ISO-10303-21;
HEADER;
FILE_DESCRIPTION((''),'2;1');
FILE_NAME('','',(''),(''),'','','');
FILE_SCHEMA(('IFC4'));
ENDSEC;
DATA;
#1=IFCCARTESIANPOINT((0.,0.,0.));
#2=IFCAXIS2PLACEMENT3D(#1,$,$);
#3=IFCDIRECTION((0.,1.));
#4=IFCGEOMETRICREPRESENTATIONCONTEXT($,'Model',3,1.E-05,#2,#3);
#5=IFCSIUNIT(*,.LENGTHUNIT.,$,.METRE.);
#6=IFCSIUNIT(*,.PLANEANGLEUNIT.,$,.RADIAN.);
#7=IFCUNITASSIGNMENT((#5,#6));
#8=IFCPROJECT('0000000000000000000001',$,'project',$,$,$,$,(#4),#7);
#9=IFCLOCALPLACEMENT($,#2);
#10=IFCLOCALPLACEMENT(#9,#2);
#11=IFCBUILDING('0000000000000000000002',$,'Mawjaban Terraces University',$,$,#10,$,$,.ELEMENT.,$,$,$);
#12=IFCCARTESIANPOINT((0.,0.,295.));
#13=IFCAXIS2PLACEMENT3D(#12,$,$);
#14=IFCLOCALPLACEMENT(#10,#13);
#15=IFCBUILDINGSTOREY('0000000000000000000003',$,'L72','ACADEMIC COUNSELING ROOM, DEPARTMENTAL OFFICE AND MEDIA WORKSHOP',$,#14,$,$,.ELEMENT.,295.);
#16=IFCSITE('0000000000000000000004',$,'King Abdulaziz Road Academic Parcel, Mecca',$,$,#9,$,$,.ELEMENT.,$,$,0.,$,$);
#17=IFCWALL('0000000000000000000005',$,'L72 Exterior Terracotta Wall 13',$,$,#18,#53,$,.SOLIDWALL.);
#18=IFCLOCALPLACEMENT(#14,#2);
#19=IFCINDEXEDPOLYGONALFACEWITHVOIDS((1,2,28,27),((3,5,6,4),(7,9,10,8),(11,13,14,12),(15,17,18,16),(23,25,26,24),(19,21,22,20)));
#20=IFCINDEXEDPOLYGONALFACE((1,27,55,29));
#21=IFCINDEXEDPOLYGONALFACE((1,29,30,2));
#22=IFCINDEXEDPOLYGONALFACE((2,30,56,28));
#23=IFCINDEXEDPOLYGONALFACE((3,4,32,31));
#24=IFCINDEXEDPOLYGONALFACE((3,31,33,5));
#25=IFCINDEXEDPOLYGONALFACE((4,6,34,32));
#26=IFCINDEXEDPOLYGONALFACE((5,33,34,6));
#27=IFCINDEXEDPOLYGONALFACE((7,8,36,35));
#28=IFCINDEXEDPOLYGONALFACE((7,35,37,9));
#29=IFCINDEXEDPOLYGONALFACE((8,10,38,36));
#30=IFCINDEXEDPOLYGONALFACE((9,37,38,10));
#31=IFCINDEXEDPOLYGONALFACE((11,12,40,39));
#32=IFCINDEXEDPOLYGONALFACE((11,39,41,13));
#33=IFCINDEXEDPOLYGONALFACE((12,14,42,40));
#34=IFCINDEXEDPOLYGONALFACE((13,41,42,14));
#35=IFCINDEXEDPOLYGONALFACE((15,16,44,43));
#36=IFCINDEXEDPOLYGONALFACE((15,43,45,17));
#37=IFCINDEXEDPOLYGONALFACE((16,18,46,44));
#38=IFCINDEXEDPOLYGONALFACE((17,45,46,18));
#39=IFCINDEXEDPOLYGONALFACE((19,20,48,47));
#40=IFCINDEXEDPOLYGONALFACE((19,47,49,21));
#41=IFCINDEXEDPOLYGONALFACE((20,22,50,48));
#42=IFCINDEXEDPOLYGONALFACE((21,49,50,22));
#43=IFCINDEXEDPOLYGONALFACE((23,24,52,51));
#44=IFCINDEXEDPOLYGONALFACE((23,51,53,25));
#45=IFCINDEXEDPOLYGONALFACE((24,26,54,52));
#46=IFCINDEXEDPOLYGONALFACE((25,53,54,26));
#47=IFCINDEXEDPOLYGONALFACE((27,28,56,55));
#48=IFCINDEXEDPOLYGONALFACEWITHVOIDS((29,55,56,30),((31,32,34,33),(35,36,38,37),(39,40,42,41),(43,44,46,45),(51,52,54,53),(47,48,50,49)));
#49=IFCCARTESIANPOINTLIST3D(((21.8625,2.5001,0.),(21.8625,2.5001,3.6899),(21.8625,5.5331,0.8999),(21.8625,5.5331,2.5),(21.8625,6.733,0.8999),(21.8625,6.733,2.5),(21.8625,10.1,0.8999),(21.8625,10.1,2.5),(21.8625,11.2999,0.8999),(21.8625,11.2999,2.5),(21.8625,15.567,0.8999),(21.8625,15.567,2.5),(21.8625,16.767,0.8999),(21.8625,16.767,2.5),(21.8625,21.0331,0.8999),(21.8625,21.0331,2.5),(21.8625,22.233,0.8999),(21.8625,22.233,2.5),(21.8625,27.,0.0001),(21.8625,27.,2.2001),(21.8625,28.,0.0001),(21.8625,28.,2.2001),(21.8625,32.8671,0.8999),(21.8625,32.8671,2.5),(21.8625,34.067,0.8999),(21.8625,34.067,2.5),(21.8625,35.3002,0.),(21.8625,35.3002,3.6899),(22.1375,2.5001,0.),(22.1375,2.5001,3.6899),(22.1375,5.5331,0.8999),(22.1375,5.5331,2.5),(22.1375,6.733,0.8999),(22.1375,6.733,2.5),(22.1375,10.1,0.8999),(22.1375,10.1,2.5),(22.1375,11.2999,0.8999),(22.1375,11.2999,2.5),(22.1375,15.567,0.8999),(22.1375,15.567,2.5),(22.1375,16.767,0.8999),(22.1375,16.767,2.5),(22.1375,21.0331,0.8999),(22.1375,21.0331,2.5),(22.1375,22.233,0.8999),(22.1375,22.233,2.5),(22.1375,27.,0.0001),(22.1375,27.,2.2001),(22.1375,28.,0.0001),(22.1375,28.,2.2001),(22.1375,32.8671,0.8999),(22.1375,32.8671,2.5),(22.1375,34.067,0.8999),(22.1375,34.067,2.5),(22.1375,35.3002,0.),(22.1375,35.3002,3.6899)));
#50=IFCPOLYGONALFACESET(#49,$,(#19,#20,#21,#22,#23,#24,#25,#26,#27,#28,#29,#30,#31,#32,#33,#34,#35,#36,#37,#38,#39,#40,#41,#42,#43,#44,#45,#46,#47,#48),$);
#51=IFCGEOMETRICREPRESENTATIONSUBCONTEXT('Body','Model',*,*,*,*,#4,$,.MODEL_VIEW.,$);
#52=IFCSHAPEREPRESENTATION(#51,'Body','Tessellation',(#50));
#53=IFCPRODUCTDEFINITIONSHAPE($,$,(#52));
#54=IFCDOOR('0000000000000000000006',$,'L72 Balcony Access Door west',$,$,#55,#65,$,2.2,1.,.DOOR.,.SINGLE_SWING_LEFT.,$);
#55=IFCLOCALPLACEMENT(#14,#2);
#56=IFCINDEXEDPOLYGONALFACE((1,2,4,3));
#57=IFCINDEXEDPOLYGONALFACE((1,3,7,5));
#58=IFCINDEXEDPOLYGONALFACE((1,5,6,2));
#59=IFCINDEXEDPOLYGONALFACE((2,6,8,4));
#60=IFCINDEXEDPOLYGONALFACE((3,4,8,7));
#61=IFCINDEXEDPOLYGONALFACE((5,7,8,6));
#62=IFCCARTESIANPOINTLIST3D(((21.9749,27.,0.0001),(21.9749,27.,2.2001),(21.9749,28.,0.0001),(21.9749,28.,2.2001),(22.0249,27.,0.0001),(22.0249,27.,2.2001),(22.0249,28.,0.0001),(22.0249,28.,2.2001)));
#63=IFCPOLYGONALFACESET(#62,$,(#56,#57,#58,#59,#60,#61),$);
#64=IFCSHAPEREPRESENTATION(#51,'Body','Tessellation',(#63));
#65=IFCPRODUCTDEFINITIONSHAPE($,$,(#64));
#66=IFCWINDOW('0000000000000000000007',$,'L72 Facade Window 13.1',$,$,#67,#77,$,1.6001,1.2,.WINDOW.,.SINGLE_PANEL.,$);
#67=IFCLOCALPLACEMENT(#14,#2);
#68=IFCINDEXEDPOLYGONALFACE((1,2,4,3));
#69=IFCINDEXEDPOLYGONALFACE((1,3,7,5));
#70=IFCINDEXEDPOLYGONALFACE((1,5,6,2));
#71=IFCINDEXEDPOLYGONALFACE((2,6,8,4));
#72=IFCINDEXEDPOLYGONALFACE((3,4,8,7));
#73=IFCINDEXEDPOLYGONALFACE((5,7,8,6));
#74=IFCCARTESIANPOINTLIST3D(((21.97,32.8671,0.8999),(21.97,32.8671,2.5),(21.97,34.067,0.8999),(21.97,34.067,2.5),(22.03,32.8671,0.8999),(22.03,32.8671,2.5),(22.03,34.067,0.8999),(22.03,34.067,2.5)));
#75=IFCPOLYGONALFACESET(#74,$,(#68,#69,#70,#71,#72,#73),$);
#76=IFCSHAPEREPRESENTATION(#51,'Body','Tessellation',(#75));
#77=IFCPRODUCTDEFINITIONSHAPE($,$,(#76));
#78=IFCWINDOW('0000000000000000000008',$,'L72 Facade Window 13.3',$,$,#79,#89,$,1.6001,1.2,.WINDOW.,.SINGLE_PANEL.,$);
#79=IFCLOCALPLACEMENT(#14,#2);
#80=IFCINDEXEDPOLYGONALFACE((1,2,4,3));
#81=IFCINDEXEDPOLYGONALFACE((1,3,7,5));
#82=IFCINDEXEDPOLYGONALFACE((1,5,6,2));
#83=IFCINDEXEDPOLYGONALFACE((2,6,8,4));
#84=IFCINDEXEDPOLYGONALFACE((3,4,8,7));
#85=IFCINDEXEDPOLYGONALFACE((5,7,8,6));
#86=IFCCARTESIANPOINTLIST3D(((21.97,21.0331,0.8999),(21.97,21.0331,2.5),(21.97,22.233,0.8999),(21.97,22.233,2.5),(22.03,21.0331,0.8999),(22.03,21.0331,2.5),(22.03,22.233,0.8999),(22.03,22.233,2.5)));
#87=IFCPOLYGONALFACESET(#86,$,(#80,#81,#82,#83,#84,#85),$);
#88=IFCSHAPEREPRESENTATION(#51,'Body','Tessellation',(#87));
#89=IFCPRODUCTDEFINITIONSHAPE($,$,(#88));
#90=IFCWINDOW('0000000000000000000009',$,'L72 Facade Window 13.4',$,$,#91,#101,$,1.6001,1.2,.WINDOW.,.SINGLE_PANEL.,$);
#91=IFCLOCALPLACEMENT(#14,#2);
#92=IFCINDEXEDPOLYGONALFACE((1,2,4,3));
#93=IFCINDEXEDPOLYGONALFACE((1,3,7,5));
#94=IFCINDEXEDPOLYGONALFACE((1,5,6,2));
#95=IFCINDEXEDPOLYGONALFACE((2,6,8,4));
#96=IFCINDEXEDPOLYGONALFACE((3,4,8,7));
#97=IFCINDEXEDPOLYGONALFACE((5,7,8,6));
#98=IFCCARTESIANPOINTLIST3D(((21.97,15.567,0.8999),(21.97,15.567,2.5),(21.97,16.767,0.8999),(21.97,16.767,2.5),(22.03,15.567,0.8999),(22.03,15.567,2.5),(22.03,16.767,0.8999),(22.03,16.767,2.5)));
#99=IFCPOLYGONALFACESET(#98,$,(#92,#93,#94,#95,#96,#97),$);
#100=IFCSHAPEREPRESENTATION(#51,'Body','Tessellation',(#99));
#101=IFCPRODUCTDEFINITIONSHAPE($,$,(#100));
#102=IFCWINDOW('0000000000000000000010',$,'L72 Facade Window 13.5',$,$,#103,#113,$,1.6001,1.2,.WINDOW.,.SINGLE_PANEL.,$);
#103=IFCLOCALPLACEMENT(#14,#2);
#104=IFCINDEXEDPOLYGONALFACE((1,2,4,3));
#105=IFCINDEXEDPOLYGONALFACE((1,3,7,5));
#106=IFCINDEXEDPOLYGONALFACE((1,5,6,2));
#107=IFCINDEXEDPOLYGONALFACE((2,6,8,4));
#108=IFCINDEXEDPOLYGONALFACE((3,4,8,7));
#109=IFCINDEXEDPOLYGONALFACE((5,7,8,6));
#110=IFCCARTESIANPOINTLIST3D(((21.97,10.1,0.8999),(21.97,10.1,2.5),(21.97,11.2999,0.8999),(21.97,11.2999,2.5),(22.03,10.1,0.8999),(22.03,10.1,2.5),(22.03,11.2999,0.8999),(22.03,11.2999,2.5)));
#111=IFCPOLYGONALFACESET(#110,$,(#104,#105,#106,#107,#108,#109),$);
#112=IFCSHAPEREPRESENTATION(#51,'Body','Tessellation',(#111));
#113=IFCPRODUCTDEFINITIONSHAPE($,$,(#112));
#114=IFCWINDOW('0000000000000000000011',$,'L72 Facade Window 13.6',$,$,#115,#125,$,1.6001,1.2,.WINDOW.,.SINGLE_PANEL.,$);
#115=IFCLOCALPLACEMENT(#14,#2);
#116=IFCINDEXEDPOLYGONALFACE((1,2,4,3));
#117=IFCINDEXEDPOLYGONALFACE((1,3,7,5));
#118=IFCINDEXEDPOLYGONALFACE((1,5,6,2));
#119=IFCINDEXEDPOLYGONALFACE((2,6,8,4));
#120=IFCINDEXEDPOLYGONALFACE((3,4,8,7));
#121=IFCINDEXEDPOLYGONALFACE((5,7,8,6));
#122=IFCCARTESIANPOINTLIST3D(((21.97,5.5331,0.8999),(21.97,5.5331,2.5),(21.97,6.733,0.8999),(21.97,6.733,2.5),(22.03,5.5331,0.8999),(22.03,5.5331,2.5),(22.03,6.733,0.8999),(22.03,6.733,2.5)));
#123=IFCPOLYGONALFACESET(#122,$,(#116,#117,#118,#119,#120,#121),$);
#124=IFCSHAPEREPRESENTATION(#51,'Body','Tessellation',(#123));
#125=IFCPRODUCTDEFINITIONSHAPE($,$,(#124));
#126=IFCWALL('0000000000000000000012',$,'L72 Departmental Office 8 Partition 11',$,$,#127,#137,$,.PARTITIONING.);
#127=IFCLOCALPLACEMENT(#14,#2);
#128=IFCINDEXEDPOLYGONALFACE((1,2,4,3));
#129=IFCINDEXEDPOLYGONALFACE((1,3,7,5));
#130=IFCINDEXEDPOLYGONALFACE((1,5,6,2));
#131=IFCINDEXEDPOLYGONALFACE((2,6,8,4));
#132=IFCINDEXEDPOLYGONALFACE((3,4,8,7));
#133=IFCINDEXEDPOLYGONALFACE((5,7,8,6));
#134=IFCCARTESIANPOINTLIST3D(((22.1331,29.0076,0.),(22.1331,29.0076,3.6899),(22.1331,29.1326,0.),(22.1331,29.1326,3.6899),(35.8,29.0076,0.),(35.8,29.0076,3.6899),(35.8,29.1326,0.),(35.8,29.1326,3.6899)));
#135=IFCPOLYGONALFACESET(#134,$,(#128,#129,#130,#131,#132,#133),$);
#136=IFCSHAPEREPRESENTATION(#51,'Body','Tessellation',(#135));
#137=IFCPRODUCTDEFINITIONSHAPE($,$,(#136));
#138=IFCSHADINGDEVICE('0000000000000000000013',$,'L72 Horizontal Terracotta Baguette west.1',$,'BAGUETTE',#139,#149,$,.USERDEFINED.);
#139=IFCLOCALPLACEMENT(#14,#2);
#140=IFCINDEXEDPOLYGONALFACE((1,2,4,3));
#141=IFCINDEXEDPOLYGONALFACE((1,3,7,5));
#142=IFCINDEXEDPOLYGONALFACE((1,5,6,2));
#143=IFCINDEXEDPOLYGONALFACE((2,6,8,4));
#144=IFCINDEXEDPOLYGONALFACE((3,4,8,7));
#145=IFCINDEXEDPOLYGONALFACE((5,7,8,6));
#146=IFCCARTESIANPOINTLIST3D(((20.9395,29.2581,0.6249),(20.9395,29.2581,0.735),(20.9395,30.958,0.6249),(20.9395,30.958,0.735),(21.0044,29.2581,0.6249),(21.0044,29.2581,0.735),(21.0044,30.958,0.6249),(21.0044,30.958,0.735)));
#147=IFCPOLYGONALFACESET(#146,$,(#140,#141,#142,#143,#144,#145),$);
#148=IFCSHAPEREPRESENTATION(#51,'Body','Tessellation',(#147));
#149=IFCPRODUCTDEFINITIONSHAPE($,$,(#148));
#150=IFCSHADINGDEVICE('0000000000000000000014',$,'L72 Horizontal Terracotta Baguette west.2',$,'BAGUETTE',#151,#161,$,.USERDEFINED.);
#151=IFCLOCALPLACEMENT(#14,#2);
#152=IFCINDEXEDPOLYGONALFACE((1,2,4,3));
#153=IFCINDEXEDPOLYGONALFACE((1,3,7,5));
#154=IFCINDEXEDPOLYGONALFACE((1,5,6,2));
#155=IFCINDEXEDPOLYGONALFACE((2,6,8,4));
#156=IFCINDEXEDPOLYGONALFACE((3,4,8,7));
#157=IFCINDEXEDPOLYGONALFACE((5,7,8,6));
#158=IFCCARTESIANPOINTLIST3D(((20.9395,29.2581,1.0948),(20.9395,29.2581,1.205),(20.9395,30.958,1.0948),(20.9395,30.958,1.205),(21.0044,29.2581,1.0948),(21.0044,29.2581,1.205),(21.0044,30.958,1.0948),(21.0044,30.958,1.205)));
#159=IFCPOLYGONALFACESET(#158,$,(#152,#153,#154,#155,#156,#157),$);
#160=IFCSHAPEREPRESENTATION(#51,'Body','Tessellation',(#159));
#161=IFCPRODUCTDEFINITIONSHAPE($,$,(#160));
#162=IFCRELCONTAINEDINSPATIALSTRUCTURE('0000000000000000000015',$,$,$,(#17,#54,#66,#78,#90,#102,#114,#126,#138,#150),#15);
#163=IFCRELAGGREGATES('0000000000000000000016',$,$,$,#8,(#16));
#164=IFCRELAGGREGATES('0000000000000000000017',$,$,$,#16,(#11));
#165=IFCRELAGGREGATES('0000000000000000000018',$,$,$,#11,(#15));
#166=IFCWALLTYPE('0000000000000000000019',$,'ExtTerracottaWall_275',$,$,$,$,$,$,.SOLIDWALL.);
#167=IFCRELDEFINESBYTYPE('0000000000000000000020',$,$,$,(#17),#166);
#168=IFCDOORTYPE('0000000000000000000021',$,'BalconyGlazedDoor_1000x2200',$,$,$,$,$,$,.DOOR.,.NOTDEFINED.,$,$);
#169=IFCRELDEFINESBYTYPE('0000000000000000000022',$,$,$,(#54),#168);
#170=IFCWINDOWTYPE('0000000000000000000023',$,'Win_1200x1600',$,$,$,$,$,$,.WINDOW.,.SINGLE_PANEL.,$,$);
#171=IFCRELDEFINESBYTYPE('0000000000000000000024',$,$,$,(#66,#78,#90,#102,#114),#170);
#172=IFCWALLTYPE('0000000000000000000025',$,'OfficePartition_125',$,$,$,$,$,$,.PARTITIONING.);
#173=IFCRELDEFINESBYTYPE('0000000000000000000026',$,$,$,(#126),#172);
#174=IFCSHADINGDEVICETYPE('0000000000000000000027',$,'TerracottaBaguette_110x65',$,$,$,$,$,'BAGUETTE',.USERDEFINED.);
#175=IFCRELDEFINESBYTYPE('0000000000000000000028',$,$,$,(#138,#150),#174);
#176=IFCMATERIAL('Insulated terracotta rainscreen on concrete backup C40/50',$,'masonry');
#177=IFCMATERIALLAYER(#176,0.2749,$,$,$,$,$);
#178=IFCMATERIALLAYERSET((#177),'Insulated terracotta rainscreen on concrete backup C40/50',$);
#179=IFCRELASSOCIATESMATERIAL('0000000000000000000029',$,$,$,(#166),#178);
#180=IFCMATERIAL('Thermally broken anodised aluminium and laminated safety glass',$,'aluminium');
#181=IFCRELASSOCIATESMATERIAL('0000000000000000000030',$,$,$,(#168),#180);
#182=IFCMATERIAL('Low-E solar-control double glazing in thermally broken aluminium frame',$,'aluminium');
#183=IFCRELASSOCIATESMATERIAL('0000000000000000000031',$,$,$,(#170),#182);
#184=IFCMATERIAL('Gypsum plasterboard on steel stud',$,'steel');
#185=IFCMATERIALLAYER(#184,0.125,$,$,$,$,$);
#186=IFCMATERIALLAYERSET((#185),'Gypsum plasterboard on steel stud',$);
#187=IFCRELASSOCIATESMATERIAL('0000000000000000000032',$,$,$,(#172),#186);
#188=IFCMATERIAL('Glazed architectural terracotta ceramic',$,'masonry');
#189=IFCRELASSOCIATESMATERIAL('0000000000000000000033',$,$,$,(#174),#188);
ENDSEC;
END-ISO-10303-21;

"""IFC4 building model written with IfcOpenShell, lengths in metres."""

from ifc_helpers import new_model, si_unit, direction, frame, frame_2d, origin, origin_2d, place, context, subcontext, project, spatial, rectangle, extrude, material, layer, layer_set, material_profile, profile_set, type_object, element, fill, save


model = new_model("IFC4")

# Units and contexts
model_context = context("Model", 3, precision=1e-05, world=origin(), true_north=direction((0.0, 1.0)))
body_context = subcontext(model_context, "Body", "Model", "MODEL_VIEW")
ifc_project = project(units=[si_unit("LENGTHUNIT", "METRE"), si_unit("PLANEANGLEUNIT", "RADIAN")], contexts=[model_context])

# Site, building, storey
site_placement = place(None, origin())
site = spatial("IfcSite", under=ifc_project, at=site_placement, Name="King Abdulaziz Road Academic Parcel, Mecca", CompositionType="ELEMENT", RefElevation=0.0)
building_placement = place(site_placement, origin())
building = spatial("IfcBuilding", under=site, at=building_placement, Name="Mawjaban Terraces University", CompositionType="ELEMENT")
storey_placement = place(building_placement, frame((0.0, 0.0, 295.0)))
storey = spatial("IfcBuildingStorey", under=building, at=storey_placement, Name="L72", Description="ACADEMIC COUNSELING ROOM, DEPARTMENTAL OFFICE AND MEDIA WORKSHOP", CompositionType="ELEMENT", Elevation=295.0)

# Shared definitions
ifc_material_1 = material(Name="Insulated terracotta rainscreen on concrete backup C40/50", Category="masonry")
ifc_layer_1 = layer(ifc_material_1, 0.2749)
ifc_layer_set_1 = layer_set([ifc_layer_1], Name="Insulated terracotta rainscreen on concrete backup C40/50")
wall_type_1 = type_object("IfcWallType", Name="ExtTerracottaWall_275", PredefinedType="SOLIDWALL", material=ifc_layer_set_1)
ifc_material_2 = material(Name="Low-E solar-control double glazing in thermally broken aluminium frame", Category="aluminium")

# Wall, openings, door, windows
wall_1_placement = place(storey_placement, frame((22.0, 35.3, 0.0), z_axis=(0.0, 0.0, 1.0), x_axis=(0.0, -1.0, 0.0)))
wall_1 = element("IfcWall", 1, at=wall_1_placement, inside=storey, type_object=wall_type_1, Name="L72 Exterior Terracotta Wall 13", PredefinedType="SOLIDWALL", context=body_context, shape_type="SweptSolid", body=[
    extrude(rectangle(XDim=32.8, YDim=0.2749, at=frame_2d((16.3999, 0.0))), origin(), (0.0, 0.0, 1.0), 3.6899),
])
opening_1_placement = place(wall_1_placement, frame((7.3, 0.0, 0.0)))
opening_1 = element("IfcOpeningElement", 2, at=opening_1_placement, cuts=wall_1, PredefinedType="OPENING", context=body_context, shape_type="SweptSolid", body=[
    extrude(rectangle(XDim=1.0, YDim=2.2, at=frame_2d((0.5, 1.1001))), frame((0.0, 0.1475, 0.0), z_axis=(0.0, -1.0, 0.0), x_axis=(1.0, 0.0, 0.0)), (0.0, 0.0, 1.0), 0.2949),
])
opening_2_placement = place(wall_1_placement, frame((1.2329, 0.0, 0.8999)))
opening_2 = element("IfcOpeningElement", 3, at=opening_2_placement, cuts=wall_1, PredefinedType="OPENING", context=body_context, shape_type="SweptSolid", body=[
    extrude(rectangle(XDim=1.2, YDim=1.6001, at=frame_2d((0.6001, 0.8))), frame((0.0, 0.1475, 0.0), z_axis=(0.0, -1.0, 0.0), x_axis=(1.0, 0.0, 0.0)), (0.0, 0.0, 1.0), 0.2949),
])
opening_3_placement = place(wall_1_placement, frame((13.0669, 0.0, 0.8999)))
opening_3 = element("IfcOpeningElement", 4, at=opening_3_placement, cuts=wall_1, PredefinedType="OPENING", context=body_context, shape_type="SweptSolid", body=[
    extrude(rectangle(XDim=1.2, YDim=1.6001, at=frame_2d((0.6001, 0.8))), frame((0.0, 0.1475, 0.0), z_axis=(0.0, -1.0, 0.0), x_axis=(1.0, 0.0, 0.0)), (0.0, 0.0, 1.0), 0.2949),
])
opening_4_placement = place(wall_1_placement, frame((18.533, 0.0, 0.8999)))
opening_4 = element("IfcOpeningElement", 5, at=opening_4_placement, cuts=wall_1, PredefinedType="OPENING", context=body_context, shape_type="SweptSolid", body=[
    extrude(rectangle(XDim=1.2, YDim=1.6001, at=frame_2d((0.6001, 0.8))), frame((0.0, 0.1475, 0.0), z_axis=(0.0, -1.0, 0.0), x_axis=(1.0, 0.0, 0.0)), (0.0, 0.0, 1.0), 0.2949),
])
opening_5_placement = place(wall_1_placement, frame((24.0, 0.0, 0.8999)))
opening_5 = element("IfcOpeningElement", 6, at=opening_5_placement, cuts=wall_1, PredefinedType="OPENING", context=body_context, shape_type="SweptSolid", body=[
    extrude(rectangle(XDim=1.2, YDim=1.6001, at=frame_2d((0.6001, 0.8))), frame((0.0, 0.1475, 0.0), z_axis=(0.0, -1.0, 0.0), x_axis=(1.0, 0.0, 0.0)), (0.0, 0.0, 1.0), 0.2949),
])
opening_6_placement = place(wall_1_placement, frame((28.5669, 0.0, 0.8999)))
opening_6 = element("IfcOpeningElement", 7, at=opening_6_placement, cuts=wall_1, PredefinedType="OPENING", context=body_context, shape_type="SweptSolid", body=[
    extrude(rectangle(XDim=1.2, YDim=1.6001, at=frame_2d((0.6001, 0.8))), frame((0.0, 0.1475, 0.0), z_axis=(0.0, -1.0, 0.0), x_axis=(1.0, 0.0, 0.0)), (0.0, 0.0, 1.0), 0.2949),
])
ifc_material_3 = material(Name="Thermally broken anodised aluminium and laminated safety glass", Category="aluminium")
door_type_1 = type_object("IfcDoorType", Name="BalconyGlazedDoor_1000x2200", OperationType="NOTDEFINED", PredefinedType="DOOR", material=ifc_material_3)
door_1_placement = place(opening_1_placement, origin())
door_1 = element("IfcDoor", 8, at=door_1_placement, inside=storey, type_object=door_type_1, Name="L72 Balcony Access Door west", OperationType="SINGLE_SWING_LEFT", OverallHeight=2.2, OverallWidth=1.0, PredefinedType="DOOR", context=body_context, shape_type="SweptSolid", body=[
    extrude(rectangle(XDim=1.0, YDim=2.2, at=frame_2d((0.5, 1.1001))), frame((0.0, 0.0249, 0.0), z_axis=(0.0, -1.0, 0.0), x_axis=(1.0, 0.0, 0.0)), (0.0, 0.0, 1.0), 0.05),
])
fill(opening_1, door_1)
window_type_1 = type_object("IfcWindowType", Name="Win_1200x1600", PartitioningType="SINGLE_PANEL", PredefinedType="WINDOW", material=ifc_material_2)
window_1_placement = place(opening_2_placement, origin())
window_1 = element("IfcWindow", 9, at=window_1_placement, inside=storey, type_object=window_type_1, Name="L72 Facade Window 13.1", OverallHeight=1.6001, OverallWidth=1.2, PartitioningType="SINGLE_PANEL", PredefinedType="WINDOW", context=body_context, shape_type="SweptSolid", body=[
    extrude(rectangle(XDim=1.2, YDim=1.6001, at=frame_2d((0.6001, 0.8))), frame((0.0, 0.03, 0.0), z_axis=(0.0, -1.0, 0.0), x_axis=(1.0, 0.0, 0.0)), (0.0, 0.0, 1.0), 0.0601),
])
fill(opening_2, window_1)
window_2_placement = place(opening_3_placement, origin())
window_2 = element("IfcWindow", 10, at=window_2_placement, inside=storey, type_object=window_type_1, Name="L72 Facade Window 13.3", OverallHeight=1.6001, OverallWidth=1.2, PartitioningType="SINGLE_PANEL", PredefinedType="WINDOW", context=body_context, shape_type="SweptSolid", body=[
    extrude(rectangle(XDim=1.2, YDim=1.6001, at=frame_2d((0.6001, 0.8))), frame((0.0, 0.03, 0.0), z_axis=(0.0, -1.0, 0.0), x_axis=(1.0, 0.0, 0.0)), (0.0, 0.0, 1.0), 0.0601),
])
fill(opening_3, window_2)
window_3_placement = place(opening_4_placement, origin())
window_3 = element("IfcWindow", 11, at=window_3_placement, inside=storey, type_object=window_type_1, Name="L72 Facade Window 13.4", OverallHeight=1.6001, OverallWidth=1.2, PartitioningType="SINGLE_PANEL", PredefinedType="WINDOW", context=body_context, shape_type="SweptSolid", body=[
    extrude(rectangle(XDim=1.2, YDim=1.6001, at=frame_2d((0.6001, 0.8))), frame((0.0, 0.03, 0.0), z_axis=(0.0, -1.0, 0.0), x_axis=(1.0, 0.0, 0.0)), (0.0, 0.0, 1.0), 0.0601),
])
fill(opening_4, window_3)
window_4_placement = place(opening_5_placement, origin())
window_4 = element("IfcWindow", 12, at=window_4_placement, inside=storey, type_object=window_type_1, Name="L72 Facade Window 13.5", OverallHeight=1.6001, OverallWidth=1.2, PartitioningType="SINGLE_PANEL", PredefinedType="WINDOW", context=body_context, shape_type="SweptSolid", body=[
    extrude(rectangle(XDim=1.2, YDim=1.6001, at=frame_2d((0.6001, 0.8))), frame((0.0, 0.03, 0.0), z_axis=(0.0, -1.0, 0.0), x_axis=(1.0, 0.0, 0.0)), (0.0, 0.0, 1.0), 0.0601),
])
fill(opening_5, window_4)
window_5_placement = place(opening_6_placement, origin())
window_5 = element("IfcWindow", 13, at=window_5_placement, inside=storey, type_object=window_type_1, Name="L72 Facade Window 13.6", OverallHeight=1.6001, OverallWidth=1.2, PartitioningType="SINGLE_PANEL", PredefinedType="WINDOW", context=body_context, shape_type="SweptSolid", body=[
    extrude(rectangle(XDim=1.2, YDim=1.6001, at=frame_2d((0.6001, 0.8))), frame((0.0, 0.03, 0.0), z_axis=(0.0, -1.0, 0.0), x_axis=(1.0, 0.0, 0.0)), (0.0, 0.0, 1.0), 0.0601),
])
fill(opening_6, window_5)

# Wall
ifc_material_4 = material(Name="Gypsum plasterboard on steel stud", Category="steel")
ifc_layer_2 = layer(ifc_material_4, 0.125)
ifc_layer_set_2 = layer_set([ifc_layer_2], Name="Gypsum plasterboard on steel stud")
wall_type_2 = type_object("IfcWallType", Name="OfficePartition_125", PredefinedType="PARTITIONING", material=ifc_layer_set_2)
wall_2_placement = place(storey_placement, frame((35.8, 29.0701, 0.0), z_axis=(0.0, 0.0, 1.0), x_axis=(-1.0, 0.0, 0.0)))
element("IfcWall", 14, at=wall_2_placement, inside=storey, type_object=wall_type_2, Name="L72 Departmental Office 8 Partition 11", PredefinedType="PARTITIONING", context=body_context, shape_type="SweptSolid", body=[
    extrude(rectangle(XDim=13.667, YDim=0.125, at=frame_2d((6.8335, 0.0))), origin(), (0.0, 0.0, 1.0), 3.6899),
])

# Shading devices
ifc_material_5 = material(Name="Glazed architectural terracotta ceramic", Category="masonry")
ifc_material_profile_1 = material_profile(ifc_material_5, rectangle(XDim=0.0649, YDim=0.1101, at=origin_2d()), Name="TBAG110X65")
ifc_profile_set_1 = profile_set([ifc_material_profile_1], Name="Glazed architectural terracotta ceramic")
shading_device_type_1 = type_object("IfcShadingDeviceType", Name="TerracottaBaguette_110x65", ElementType="BAGUETTE", PredefinedType="USERDEFINED", material=ifc_profile_set_1)
for number, where, z_axis, x_axis, name in (
    (15, (20.9719, 29.2581, 0.6799), (0.0, 1.0, 0.0), (-1.0, 0.0, 0.0), "L72 Horizontal Terracotta Baguette west.1"),
    (16, (20.9719, 29.2581, 1.1499), (0.0, 1.0, 0.0), (-1.0, 0.0, 0.0), "L72 Horizontal Terracotta Baguette west.2"),
):
    element("IfcShadingDevice", number, at=place(storey_placement, frame(where, z_axis=z_axis, x_axis=x_axis)), inside=storey, type_object=shading_device_type_1, Name=name, ObjectType="BAGUETTE", PredefinedType="USERDEFINED", context=body_context, shape_type="SweptSolid", body=[
        extrude(rectangle(XDim=0.0649, YDim=0.1101, at=origin_2d()), origin(), (0.0, 0.0, 1.0), 1.7),
    ])

save(model, "model.ifc")
